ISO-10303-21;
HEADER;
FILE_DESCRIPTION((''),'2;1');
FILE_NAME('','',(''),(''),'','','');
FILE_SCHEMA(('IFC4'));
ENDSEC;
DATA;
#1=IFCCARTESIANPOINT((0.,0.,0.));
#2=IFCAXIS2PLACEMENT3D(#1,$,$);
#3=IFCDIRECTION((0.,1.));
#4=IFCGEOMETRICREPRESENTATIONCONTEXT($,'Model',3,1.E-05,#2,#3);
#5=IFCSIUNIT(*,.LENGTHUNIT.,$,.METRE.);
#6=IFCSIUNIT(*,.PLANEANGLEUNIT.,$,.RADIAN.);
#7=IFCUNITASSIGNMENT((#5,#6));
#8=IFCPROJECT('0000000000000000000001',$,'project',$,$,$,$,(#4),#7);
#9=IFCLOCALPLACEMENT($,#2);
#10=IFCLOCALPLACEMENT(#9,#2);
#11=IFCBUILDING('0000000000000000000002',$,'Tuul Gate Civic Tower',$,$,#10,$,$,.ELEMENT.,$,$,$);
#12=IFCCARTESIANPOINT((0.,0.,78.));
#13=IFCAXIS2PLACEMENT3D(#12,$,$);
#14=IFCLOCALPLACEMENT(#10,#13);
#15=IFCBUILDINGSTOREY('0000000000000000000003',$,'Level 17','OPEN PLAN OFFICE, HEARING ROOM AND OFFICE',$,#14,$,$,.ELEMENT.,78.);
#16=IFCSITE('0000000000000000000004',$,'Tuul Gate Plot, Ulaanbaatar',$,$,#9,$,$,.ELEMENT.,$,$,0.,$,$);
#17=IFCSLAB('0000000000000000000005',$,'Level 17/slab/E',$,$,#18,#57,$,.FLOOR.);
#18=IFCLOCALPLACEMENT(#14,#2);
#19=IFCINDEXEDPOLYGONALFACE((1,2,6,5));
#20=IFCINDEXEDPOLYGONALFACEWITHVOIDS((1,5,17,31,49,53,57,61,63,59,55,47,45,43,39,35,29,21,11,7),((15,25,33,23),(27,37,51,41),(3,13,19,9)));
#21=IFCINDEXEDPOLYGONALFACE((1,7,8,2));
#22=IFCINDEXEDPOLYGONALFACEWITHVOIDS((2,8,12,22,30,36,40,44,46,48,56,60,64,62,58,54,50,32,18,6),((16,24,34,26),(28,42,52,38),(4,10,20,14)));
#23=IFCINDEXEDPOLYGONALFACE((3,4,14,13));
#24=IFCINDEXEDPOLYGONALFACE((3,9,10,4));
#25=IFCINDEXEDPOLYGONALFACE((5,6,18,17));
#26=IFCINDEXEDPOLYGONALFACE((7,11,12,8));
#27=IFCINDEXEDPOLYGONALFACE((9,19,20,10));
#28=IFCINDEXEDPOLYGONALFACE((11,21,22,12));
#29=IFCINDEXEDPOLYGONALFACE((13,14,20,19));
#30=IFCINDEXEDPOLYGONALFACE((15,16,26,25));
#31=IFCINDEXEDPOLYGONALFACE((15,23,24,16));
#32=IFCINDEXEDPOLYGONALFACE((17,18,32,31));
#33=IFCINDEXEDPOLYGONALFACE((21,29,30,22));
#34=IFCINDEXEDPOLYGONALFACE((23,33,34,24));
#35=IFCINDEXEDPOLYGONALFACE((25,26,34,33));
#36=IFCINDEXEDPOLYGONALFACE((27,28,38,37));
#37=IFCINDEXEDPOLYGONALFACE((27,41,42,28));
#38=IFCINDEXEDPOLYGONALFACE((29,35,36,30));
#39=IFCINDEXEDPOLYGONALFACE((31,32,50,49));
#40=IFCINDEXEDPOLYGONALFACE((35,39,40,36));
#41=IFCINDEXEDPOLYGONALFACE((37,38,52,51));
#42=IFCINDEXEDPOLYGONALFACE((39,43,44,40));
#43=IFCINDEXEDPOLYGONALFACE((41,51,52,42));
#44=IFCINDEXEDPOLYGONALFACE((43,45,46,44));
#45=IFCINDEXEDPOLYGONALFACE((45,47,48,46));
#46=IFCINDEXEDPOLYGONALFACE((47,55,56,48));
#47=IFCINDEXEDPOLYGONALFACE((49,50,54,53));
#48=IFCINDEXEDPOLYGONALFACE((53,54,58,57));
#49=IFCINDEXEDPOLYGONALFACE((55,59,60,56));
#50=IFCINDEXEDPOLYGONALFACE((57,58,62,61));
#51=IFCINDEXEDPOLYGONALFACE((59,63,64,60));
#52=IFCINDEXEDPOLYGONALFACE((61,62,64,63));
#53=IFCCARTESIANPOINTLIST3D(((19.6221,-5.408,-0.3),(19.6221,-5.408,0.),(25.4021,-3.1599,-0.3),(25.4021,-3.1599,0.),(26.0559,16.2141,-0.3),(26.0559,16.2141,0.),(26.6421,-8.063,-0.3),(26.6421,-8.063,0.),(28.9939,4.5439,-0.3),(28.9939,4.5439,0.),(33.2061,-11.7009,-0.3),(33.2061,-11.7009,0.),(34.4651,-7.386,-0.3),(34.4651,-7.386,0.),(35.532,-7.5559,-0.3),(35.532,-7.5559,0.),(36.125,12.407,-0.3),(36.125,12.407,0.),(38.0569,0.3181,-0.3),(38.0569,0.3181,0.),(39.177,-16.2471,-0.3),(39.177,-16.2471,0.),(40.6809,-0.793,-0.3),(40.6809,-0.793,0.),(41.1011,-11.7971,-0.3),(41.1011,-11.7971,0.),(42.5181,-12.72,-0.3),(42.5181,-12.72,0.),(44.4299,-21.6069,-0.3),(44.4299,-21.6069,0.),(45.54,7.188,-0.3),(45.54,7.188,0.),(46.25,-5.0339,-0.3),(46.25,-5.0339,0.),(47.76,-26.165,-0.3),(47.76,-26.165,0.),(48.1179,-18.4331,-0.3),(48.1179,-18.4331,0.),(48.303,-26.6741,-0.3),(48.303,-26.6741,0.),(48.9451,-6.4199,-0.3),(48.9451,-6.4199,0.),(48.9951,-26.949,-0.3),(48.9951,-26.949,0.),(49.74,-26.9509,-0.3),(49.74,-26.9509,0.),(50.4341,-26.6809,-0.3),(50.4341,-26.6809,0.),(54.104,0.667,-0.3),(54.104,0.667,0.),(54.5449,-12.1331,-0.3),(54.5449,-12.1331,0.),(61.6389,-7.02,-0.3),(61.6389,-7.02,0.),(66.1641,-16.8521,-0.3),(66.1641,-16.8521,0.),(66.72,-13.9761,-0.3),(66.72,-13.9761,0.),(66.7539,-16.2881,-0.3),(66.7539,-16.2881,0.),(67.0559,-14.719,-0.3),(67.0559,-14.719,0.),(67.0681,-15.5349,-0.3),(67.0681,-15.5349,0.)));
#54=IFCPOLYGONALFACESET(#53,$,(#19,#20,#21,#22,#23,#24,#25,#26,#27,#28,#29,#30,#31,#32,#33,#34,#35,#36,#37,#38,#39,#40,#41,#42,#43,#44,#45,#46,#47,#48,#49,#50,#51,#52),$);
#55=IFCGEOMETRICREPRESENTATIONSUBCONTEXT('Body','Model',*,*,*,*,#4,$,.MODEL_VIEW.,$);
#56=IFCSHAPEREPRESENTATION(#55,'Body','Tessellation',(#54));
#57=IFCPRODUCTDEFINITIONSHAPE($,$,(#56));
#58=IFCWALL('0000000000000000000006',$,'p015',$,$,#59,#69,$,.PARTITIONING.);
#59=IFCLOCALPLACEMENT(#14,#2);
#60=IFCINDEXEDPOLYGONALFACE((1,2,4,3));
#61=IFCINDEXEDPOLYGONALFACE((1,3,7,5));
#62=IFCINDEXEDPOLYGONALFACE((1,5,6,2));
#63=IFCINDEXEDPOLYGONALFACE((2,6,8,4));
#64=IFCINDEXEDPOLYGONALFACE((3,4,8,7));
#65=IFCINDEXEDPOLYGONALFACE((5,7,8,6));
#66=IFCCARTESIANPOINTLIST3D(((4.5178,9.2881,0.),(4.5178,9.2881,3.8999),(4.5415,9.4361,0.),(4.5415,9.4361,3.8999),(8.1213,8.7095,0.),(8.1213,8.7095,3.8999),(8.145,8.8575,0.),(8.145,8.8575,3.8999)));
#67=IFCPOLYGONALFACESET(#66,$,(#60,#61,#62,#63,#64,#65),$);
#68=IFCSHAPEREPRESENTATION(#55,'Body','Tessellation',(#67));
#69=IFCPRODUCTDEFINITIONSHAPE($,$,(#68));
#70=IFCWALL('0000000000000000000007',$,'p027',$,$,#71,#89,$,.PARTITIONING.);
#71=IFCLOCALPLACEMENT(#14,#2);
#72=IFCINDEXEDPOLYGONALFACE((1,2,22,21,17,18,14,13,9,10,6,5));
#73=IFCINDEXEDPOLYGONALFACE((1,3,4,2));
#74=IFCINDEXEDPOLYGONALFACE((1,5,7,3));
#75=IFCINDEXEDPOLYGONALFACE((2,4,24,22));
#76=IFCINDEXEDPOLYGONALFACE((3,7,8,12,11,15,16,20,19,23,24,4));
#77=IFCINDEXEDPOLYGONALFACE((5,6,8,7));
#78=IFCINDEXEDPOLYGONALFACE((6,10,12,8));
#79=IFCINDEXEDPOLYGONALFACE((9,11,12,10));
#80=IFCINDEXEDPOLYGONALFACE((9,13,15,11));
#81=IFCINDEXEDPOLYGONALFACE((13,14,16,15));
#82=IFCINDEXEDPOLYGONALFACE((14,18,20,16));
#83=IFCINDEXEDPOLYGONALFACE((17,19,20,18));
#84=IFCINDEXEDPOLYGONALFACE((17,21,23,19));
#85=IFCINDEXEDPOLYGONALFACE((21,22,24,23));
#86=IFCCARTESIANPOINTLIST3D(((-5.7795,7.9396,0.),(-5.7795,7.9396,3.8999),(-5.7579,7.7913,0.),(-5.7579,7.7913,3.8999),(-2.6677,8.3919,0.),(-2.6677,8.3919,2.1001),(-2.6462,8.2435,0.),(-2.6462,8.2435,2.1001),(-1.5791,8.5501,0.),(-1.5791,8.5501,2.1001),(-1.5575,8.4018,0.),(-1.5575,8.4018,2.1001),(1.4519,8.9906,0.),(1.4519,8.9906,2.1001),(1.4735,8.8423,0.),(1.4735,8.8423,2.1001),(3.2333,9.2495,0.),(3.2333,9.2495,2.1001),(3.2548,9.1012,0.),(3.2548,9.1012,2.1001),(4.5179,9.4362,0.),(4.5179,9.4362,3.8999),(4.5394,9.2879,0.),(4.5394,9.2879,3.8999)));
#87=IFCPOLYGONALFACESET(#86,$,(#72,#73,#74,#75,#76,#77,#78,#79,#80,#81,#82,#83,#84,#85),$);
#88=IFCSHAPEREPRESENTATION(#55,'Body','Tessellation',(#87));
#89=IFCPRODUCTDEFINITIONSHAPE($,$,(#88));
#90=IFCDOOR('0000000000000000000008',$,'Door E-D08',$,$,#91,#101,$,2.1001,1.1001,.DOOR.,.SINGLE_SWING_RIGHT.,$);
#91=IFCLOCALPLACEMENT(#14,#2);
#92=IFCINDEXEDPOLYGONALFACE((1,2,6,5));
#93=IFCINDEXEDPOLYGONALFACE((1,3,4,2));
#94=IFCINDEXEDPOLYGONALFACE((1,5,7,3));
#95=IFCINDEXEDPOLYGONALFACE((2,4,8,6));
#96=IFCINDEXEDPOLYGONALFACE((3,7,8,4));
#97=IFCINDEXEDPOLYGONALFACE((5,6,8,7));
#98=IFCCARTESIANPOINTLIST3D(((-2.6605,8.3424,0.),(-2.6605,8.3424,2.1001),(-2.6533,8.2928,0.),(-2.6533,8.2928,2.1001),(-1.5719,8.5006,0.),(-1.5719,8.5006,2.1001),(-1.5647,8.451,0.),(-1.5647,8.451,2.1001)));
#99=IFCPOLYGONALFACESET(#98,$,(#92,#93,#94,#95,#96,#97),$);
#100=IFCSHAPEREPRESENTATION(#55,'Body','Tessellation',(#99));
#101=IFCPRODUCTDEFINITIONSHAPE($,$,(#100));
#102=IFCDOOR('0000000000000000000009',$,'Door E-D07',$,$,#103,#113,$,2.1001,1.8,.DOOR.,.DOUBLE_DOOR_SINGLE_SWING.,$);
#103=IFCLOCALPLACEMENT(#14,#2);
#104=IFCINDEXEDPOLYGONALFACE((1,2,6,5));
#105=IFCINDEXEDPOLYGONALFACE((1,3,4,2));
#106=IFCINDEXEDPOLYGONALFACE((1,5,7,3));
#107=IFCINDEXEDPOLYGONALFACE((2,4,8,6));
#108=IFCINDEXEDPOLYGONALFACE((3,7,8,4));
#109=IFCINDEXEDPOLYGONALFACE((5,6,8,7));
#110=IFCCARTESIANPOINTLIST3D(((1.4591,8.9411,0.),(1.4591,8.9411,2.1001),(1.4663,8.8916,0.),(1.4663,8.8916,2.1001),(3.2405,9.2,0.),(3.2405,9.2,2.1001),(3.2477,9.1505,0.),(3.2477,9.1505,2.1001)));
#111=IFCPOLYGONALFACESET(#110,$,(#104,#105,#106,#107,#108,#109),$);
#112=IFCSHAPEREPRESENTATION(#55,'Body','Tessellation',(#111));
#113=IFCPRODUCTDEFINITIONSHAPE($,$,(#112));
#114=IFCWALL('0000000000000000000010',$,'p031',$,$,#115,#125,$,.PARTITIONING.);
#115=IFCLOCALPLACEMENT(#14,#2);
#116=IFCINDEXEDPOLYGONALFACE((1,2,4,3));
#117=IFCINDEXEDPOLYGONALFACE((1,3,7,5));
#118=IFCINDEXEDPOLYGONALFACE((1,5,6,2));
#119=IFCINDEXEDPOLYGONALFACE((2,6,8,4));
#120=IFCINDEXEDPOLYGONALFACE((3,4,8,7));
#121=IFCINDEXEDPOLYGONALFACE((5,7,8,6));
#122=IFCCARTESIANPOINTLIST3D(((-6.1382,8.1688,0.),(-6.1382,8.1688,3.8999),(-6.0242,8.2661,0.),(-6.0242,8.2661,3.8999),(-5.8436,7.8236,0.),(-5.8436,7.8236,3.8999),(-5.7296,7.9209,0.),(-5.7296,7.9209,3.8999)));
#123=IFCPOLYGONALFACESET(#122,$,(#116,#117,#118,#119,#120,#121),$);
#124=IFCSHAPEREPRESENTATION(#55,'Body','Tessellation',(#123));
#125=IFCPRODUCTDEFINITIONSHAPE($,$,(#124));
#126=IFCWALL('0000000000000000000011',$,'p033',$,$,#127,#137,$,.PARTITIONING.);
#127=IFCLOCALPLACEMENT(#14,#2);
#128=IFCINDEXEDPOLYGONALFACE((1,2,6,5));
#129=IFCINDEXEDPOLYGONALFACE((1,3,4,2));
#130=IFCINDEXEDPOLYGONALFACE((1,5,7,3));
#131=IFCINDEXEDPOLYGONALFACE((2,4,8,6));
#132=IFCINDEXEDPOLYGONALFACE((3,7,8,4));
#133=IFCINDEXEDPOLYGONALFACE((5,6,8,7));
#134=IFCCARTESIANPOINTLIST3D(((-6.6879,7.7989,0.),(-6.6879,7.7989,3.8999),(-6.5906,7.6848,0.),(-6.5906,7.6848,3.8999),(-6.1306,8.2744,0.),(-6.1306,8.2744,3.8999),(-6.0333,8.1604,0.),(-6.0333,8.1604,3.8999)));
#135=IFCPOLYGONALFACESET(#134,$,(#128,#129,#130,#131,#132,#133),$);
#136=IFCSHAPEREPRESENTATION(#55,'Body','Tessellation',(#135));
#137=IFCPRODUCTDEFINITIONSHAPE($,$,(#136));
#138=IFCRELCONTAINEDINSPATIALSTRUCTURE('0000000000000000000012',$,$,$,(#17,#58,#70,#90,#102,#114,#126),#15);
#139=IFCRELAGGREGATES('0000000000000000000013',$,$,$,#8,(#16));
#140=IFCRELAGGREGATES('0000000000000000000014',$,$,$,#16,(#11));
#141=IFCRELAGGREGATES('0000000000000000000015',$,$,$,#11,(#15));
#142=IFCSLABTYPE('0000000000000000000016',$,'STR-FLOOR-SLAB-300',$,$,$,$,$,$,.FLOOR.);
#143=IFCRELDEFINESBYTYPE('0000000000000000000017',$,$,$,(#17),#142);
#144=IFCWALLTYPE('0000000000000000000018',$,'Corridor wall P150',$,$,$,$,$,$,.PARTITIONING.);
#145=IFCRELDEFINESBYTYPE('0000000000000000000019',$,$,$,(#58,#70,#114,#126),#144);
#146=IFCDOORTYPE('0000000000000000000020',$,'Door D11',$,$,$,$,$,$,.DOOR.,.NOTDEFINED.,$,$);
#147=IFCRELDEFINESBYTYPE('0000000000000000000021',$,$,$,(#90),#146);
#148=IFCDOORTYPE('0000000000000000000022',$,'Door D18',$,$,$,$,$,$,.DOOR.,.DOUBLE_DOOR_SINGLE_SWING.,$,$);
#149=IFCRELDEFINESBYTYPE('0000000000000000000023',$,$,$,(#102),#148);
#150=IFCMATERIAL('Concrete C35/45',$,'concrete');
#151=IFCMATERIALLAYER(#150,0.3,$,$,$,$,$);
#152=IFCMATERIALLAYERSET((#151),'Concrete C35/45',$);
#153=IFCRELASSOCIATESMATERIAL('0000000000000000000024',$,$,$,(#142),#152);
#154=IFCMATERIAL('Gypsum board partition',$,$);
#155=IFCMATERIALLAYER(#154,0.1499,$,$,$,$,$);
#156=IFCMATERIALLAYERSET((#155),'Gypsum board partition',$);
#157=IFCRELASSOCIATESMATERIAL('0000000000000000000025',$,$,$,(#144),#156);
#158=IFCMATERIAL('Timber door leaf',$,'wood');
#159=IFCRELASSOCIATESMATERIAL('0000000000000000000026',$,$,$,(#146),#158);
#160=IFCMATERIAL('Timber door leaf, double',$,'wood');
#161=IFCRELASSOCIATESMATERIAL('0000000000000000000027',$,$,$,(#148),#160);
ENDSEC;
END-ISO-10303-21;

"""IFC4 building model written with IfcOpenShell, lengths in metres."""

from ifc_helpers import new_model, si_unit, direction, frame, frame_2d, origin, place, context, subcontext, project, spatial, polyline, rectangle, outline, extrude, material, layer, layer_set, type_object, element, fill, save


model = new_model("IFC4")

# Units and contexts
model_context = context("Model", 3, precision=1e-05, world=origin(), true_north=direction((0.0, 1.0)))
body_context = subcontext(model_context, "Body", "Model", "MODEL_VIEW")
ifc_project = project(units=[si_unit("LENGTHUNIT", "METRE"), si_unit("PLANEANGLEUNIT", "RADIAN")], contexts=[model_context])

# Site, building, storey
site_placement = place(None, origin())
site = spatial("IfcSite", under=ifc_project, at=site_placement, Name="Tuul Gate Plot, Ulaanbaatar", CompositionType="ELEMENT", RefElevation=0.0)
building_placement = place(site_placement, origin())
building = spatial("IfcBuilding", under=site, at=building_placement, Name="Tuul Gate Civic Tower", CompositionType="ELEMENT")
storey_placement = place(building_placement, frame((0.0, 0.0, 78.0)))
storey = spatial("IfcBuildingStorey", under=building, at=storey_placement, Name="Level 17", Description="OPEN PLAN OFFICE, HEARING ROOM AND OFFICE", CompositionType="ELEMENT", Elevation=78.0)

# Slab
ifc_material_1 = material(Name="Concrete C35/45", Category="concrete")
ifc_layer_1 = layer(ifc_material_1, 0.3)
ifc_layer_set_1 = layer_set([ifc_layer_1], Name="Concrete C35/45")
slab_type_1 = type_object("IfcSlabType", Name="STR-FLOOR-SLAB-300", PredefinedType="FLOOR", material=ifc_layer_set_1)
slab_1_placement = place(storey_placement, frame((0.0, 0.0, -0.3)))
element("IfcSlab", 1, at=slab_1_placement, inside=storey, type_object=slab_type_1, Name="Level 17/slab/E", PredefinedType="FLOOR", context=body_context, shape_type="SweptSolid", body=[
    extrude(outline(polyline([(49.74, -26.9509), (50.4341, -26.6809), (66.1641, -16.8521), (66.7539, -16.2881), (67.0681, -15.5349), (67.0559, -14.719), (66.72, -13.9761), (61.6389, -7.02), (54.104, 0.667), (45.54, 7.188), (36.125, 12.407), (26.0559, 16.2141), (19.6221, -5.408), (26.6421, -8.063), (33.2061, -11.7009), (39.177, -16.2471), (44.4299, -21.6069), (47.76, -26.165), (48.303, -26.6741), (48.9951, -26.949), (49.74, -26.9509)]), holes=[polyline([(48.1179, -18.4331), (42.5181, -12.72), (48.9451, -6.4199), (54.5449, -12.1331), (48.1179, -18.4331)]), polyline([(35.532, -7.5559), (40.6809, -0.793), (46.25, -5.0339), (41.1011, -11.7971), (35.532, -7.5559)]), polyline([(25.4021, -3.1599), (28.9939, 4.5439), (38.0569, 0.3181), (34.4651, -7.386), (25.4021, -3.1599)])]), origin(), (0.0, 0.0, 1.0), 0.3),
])

# Wall
ifc_material_2 = material(Name="Gypsum board partition")
ifc_layer_2 = layer(ifc_material_2, 0.1499)
ifc_layer_set_2 = layer_set([ifc_layer_2], Name="Gypsum board partition")
wall_type_1 = type_object("IfcWallType", Name="Corridor wall P150", PredefinedType="PARTITIONING", material=ifc_layer_set_2)
wall_1_placement = place(storey_placement, frame((4.5298, 9.3621, 0.0), z_axis=(0.0, 0.0, 1.0), x_axis=(0.987353, -0.158538, 0.0)))
element("IfcWall", 2, at=wall_1_placement, inside=storey, type_object=wall_type_1, Name="p015", PredefinedType="PARTITIONING", context=body_context, shape_type="SweptSolid", body=[
    extrude(rectangle(XDim=3.6497, YDim=0.1499, at=frame_2d((1.8247, 0.0))), origin(), (0.0, 0.0, 1.0), 3.8999),
])

# Wall, openings, doors
wall_2_placement = place(storey_placement, frame((-5.7686, 7.8655, 0.0), z_axis=(0.0, 0.0, 1.0), x_axis=(0.989603, 0.143825, 0.0)))
wall_2 = element("IfcWall", 3, at=wall_2_placement, inside=storey, type_object=wall_type_1, Name="p027", PredefinedType="PARTITIONING", context=body_context, shape_type="SweptSolid", body=[
    extrude(rectangle(XDim=10.4055, YDim=0.1499, at=frame_2d((5.2026, 0.0))), origin(), (0.0, 0.0, 1.0), 3.8999),
])
opening_1_placement = place(wall_2_placement, frame((7.3074, 0.0, 0.0)))
opening_1 = element("IfcOpeningElement", 4, at=opening_1_placement, cuts=wall_2, PredefinedType="OPENING", context=body_context, shape_type="SweptSolid", body=[
    extrude(rectangle(XDim=1.8, YDim=2.1001, at=frame_2d((0.8999, 1.05))), frame((0.0, 0.085, 0.0), z_axis=(0.0, -1.0, 0.0), x_axis=(1.0, 0.0, 0.0)), (0.0, 0.0, 1.0), 0.1699),
])
opening_2_placement = place(wall_2_placement, frame((3.1443, 0.0, 0.0)))
opening_2 = element("IfcOpeningElement", 5, at=opening_2_placement, cuts=wall_2, PredefinedType="OPENING", context=body_context, shape_type="SweptSolid", body=[
    extrude(rectangle(XDim=1.1001, YDim=2.1001, at=frame_2d((0.55, 1.05))), frame((0.0, 0.085, 0.0), z_axis=(0.0, -1.0, 0.0), x_axis=(1.0, 0.0, 0.0)), (0.0, 0.0, 1.0), 0.1699),
])
ifc_material_3 = material(Name="Timber door leaf", Category="wood")
door_type_1 = type_object("IfcDoorType", Name="Door D11", OperationType="NOTDEFINED", PredefinedType="DOOR", material=ifc_material_3)
door_1_placement = place(opening_2_placement, origin())
door_1 = element("IfcDoor", 6, at=door_1_placement, inside=storey, type_object=door_type_1, Name="Door E-D08", OperationType="SINGLE_SWING_RIGHT", OverallHeight=2.1001, OverallWidth=1.1001, PredefinedType="DOOR", context=body_context, shape_type="SweptSolid", body=[
    extrude(rectangle(XDim=1.1001, YDim=2.1001, at=frame_2d((0.55, 1.05))), frame((0.0, 0.0249, 0.0), z_axis=(0.0, -1.0, 0.0), x_axis=(1.0, 0.0, 0.0)), (0.0, 0.0, 1.0), 0.05),
])
fill(opening_2, door_1)
ifc_material_4 = material(Name="Timber door leaf, double", Category="wood")
door_type_2 = type_object("IfcDoorType", Name="Door D18", OperationType="DOUBLE_DOOR_SINGLE_SWING", PredefinedType="DOOR", material=ifc_material_4)
door_2_placement = place(opening_1_placement, origin())
door_2 = element("IfcDoor", 7, at=door_2_placement, inside=storey, type_object=door_type_2, Name="Door E-D07", OperationType="DOUBLE_DOOR_SINGLE_SWING", OverallHeight=2.1001, OverallWidth=1.8, PredefinedType="DOOR", context=body_context, shape_type="SweptSolid", body=[
    extrude(rectangle(XDim=1.8, YDim=2.1001, at=frame_2d((0.8999, 1.05))), frame((0.0, 0.0249, 0.0), z_axis=(0.0, -1.0, 0.0), x_axis=(1.0, 0.0, 0.0)), (0.0, 0.0, 1.0), 0.05),
])
fill(opening_1, door_2)

# Walls
wall_3_placement = place(storey_placement, frame((-6.0813, 8.2175, 0.0), z_axis=(0.0, 0.0, 1.0), x_axis=(0.64924, -0.760584, 0.0)))
element("IfcWall", 8, at=wall_3_placement, inside=storey, type_object=wall_type_1, Name="p031", PredefinedType="PARTITIONING", context=body_context, shape_type="SweptSolid", body=[
    extrude(rectangle(XDim=0.4539, YDim=0.1499, at=frame_2d((0.2271, 0.0))), origin(), (0.0, 0.0, 1.0), 3.8999),
])
wall_4_placement = place(storey_placement, frame((-6.6392, 7.7419, 0.0), z_axis=(0.0, 0.0, 1.0), x_axis=(0.760713, 0.649088, 0.0)))
element("IfcWall", 9, at=wall_4_placement, inside=storey, type_object=wall_type_1, Name="p033", PredefinedType="PARTITIONING", context=body_context, shape_type="SweptSolid", body=[
    extrude(rectangle(XDim=0.7327, YDim=0.1499, at=frame_2d((0.3662, 0.0))), origin(), (0.0, 0.0, 1.0), 3.8999),
])

save(model, "model.ifc")
